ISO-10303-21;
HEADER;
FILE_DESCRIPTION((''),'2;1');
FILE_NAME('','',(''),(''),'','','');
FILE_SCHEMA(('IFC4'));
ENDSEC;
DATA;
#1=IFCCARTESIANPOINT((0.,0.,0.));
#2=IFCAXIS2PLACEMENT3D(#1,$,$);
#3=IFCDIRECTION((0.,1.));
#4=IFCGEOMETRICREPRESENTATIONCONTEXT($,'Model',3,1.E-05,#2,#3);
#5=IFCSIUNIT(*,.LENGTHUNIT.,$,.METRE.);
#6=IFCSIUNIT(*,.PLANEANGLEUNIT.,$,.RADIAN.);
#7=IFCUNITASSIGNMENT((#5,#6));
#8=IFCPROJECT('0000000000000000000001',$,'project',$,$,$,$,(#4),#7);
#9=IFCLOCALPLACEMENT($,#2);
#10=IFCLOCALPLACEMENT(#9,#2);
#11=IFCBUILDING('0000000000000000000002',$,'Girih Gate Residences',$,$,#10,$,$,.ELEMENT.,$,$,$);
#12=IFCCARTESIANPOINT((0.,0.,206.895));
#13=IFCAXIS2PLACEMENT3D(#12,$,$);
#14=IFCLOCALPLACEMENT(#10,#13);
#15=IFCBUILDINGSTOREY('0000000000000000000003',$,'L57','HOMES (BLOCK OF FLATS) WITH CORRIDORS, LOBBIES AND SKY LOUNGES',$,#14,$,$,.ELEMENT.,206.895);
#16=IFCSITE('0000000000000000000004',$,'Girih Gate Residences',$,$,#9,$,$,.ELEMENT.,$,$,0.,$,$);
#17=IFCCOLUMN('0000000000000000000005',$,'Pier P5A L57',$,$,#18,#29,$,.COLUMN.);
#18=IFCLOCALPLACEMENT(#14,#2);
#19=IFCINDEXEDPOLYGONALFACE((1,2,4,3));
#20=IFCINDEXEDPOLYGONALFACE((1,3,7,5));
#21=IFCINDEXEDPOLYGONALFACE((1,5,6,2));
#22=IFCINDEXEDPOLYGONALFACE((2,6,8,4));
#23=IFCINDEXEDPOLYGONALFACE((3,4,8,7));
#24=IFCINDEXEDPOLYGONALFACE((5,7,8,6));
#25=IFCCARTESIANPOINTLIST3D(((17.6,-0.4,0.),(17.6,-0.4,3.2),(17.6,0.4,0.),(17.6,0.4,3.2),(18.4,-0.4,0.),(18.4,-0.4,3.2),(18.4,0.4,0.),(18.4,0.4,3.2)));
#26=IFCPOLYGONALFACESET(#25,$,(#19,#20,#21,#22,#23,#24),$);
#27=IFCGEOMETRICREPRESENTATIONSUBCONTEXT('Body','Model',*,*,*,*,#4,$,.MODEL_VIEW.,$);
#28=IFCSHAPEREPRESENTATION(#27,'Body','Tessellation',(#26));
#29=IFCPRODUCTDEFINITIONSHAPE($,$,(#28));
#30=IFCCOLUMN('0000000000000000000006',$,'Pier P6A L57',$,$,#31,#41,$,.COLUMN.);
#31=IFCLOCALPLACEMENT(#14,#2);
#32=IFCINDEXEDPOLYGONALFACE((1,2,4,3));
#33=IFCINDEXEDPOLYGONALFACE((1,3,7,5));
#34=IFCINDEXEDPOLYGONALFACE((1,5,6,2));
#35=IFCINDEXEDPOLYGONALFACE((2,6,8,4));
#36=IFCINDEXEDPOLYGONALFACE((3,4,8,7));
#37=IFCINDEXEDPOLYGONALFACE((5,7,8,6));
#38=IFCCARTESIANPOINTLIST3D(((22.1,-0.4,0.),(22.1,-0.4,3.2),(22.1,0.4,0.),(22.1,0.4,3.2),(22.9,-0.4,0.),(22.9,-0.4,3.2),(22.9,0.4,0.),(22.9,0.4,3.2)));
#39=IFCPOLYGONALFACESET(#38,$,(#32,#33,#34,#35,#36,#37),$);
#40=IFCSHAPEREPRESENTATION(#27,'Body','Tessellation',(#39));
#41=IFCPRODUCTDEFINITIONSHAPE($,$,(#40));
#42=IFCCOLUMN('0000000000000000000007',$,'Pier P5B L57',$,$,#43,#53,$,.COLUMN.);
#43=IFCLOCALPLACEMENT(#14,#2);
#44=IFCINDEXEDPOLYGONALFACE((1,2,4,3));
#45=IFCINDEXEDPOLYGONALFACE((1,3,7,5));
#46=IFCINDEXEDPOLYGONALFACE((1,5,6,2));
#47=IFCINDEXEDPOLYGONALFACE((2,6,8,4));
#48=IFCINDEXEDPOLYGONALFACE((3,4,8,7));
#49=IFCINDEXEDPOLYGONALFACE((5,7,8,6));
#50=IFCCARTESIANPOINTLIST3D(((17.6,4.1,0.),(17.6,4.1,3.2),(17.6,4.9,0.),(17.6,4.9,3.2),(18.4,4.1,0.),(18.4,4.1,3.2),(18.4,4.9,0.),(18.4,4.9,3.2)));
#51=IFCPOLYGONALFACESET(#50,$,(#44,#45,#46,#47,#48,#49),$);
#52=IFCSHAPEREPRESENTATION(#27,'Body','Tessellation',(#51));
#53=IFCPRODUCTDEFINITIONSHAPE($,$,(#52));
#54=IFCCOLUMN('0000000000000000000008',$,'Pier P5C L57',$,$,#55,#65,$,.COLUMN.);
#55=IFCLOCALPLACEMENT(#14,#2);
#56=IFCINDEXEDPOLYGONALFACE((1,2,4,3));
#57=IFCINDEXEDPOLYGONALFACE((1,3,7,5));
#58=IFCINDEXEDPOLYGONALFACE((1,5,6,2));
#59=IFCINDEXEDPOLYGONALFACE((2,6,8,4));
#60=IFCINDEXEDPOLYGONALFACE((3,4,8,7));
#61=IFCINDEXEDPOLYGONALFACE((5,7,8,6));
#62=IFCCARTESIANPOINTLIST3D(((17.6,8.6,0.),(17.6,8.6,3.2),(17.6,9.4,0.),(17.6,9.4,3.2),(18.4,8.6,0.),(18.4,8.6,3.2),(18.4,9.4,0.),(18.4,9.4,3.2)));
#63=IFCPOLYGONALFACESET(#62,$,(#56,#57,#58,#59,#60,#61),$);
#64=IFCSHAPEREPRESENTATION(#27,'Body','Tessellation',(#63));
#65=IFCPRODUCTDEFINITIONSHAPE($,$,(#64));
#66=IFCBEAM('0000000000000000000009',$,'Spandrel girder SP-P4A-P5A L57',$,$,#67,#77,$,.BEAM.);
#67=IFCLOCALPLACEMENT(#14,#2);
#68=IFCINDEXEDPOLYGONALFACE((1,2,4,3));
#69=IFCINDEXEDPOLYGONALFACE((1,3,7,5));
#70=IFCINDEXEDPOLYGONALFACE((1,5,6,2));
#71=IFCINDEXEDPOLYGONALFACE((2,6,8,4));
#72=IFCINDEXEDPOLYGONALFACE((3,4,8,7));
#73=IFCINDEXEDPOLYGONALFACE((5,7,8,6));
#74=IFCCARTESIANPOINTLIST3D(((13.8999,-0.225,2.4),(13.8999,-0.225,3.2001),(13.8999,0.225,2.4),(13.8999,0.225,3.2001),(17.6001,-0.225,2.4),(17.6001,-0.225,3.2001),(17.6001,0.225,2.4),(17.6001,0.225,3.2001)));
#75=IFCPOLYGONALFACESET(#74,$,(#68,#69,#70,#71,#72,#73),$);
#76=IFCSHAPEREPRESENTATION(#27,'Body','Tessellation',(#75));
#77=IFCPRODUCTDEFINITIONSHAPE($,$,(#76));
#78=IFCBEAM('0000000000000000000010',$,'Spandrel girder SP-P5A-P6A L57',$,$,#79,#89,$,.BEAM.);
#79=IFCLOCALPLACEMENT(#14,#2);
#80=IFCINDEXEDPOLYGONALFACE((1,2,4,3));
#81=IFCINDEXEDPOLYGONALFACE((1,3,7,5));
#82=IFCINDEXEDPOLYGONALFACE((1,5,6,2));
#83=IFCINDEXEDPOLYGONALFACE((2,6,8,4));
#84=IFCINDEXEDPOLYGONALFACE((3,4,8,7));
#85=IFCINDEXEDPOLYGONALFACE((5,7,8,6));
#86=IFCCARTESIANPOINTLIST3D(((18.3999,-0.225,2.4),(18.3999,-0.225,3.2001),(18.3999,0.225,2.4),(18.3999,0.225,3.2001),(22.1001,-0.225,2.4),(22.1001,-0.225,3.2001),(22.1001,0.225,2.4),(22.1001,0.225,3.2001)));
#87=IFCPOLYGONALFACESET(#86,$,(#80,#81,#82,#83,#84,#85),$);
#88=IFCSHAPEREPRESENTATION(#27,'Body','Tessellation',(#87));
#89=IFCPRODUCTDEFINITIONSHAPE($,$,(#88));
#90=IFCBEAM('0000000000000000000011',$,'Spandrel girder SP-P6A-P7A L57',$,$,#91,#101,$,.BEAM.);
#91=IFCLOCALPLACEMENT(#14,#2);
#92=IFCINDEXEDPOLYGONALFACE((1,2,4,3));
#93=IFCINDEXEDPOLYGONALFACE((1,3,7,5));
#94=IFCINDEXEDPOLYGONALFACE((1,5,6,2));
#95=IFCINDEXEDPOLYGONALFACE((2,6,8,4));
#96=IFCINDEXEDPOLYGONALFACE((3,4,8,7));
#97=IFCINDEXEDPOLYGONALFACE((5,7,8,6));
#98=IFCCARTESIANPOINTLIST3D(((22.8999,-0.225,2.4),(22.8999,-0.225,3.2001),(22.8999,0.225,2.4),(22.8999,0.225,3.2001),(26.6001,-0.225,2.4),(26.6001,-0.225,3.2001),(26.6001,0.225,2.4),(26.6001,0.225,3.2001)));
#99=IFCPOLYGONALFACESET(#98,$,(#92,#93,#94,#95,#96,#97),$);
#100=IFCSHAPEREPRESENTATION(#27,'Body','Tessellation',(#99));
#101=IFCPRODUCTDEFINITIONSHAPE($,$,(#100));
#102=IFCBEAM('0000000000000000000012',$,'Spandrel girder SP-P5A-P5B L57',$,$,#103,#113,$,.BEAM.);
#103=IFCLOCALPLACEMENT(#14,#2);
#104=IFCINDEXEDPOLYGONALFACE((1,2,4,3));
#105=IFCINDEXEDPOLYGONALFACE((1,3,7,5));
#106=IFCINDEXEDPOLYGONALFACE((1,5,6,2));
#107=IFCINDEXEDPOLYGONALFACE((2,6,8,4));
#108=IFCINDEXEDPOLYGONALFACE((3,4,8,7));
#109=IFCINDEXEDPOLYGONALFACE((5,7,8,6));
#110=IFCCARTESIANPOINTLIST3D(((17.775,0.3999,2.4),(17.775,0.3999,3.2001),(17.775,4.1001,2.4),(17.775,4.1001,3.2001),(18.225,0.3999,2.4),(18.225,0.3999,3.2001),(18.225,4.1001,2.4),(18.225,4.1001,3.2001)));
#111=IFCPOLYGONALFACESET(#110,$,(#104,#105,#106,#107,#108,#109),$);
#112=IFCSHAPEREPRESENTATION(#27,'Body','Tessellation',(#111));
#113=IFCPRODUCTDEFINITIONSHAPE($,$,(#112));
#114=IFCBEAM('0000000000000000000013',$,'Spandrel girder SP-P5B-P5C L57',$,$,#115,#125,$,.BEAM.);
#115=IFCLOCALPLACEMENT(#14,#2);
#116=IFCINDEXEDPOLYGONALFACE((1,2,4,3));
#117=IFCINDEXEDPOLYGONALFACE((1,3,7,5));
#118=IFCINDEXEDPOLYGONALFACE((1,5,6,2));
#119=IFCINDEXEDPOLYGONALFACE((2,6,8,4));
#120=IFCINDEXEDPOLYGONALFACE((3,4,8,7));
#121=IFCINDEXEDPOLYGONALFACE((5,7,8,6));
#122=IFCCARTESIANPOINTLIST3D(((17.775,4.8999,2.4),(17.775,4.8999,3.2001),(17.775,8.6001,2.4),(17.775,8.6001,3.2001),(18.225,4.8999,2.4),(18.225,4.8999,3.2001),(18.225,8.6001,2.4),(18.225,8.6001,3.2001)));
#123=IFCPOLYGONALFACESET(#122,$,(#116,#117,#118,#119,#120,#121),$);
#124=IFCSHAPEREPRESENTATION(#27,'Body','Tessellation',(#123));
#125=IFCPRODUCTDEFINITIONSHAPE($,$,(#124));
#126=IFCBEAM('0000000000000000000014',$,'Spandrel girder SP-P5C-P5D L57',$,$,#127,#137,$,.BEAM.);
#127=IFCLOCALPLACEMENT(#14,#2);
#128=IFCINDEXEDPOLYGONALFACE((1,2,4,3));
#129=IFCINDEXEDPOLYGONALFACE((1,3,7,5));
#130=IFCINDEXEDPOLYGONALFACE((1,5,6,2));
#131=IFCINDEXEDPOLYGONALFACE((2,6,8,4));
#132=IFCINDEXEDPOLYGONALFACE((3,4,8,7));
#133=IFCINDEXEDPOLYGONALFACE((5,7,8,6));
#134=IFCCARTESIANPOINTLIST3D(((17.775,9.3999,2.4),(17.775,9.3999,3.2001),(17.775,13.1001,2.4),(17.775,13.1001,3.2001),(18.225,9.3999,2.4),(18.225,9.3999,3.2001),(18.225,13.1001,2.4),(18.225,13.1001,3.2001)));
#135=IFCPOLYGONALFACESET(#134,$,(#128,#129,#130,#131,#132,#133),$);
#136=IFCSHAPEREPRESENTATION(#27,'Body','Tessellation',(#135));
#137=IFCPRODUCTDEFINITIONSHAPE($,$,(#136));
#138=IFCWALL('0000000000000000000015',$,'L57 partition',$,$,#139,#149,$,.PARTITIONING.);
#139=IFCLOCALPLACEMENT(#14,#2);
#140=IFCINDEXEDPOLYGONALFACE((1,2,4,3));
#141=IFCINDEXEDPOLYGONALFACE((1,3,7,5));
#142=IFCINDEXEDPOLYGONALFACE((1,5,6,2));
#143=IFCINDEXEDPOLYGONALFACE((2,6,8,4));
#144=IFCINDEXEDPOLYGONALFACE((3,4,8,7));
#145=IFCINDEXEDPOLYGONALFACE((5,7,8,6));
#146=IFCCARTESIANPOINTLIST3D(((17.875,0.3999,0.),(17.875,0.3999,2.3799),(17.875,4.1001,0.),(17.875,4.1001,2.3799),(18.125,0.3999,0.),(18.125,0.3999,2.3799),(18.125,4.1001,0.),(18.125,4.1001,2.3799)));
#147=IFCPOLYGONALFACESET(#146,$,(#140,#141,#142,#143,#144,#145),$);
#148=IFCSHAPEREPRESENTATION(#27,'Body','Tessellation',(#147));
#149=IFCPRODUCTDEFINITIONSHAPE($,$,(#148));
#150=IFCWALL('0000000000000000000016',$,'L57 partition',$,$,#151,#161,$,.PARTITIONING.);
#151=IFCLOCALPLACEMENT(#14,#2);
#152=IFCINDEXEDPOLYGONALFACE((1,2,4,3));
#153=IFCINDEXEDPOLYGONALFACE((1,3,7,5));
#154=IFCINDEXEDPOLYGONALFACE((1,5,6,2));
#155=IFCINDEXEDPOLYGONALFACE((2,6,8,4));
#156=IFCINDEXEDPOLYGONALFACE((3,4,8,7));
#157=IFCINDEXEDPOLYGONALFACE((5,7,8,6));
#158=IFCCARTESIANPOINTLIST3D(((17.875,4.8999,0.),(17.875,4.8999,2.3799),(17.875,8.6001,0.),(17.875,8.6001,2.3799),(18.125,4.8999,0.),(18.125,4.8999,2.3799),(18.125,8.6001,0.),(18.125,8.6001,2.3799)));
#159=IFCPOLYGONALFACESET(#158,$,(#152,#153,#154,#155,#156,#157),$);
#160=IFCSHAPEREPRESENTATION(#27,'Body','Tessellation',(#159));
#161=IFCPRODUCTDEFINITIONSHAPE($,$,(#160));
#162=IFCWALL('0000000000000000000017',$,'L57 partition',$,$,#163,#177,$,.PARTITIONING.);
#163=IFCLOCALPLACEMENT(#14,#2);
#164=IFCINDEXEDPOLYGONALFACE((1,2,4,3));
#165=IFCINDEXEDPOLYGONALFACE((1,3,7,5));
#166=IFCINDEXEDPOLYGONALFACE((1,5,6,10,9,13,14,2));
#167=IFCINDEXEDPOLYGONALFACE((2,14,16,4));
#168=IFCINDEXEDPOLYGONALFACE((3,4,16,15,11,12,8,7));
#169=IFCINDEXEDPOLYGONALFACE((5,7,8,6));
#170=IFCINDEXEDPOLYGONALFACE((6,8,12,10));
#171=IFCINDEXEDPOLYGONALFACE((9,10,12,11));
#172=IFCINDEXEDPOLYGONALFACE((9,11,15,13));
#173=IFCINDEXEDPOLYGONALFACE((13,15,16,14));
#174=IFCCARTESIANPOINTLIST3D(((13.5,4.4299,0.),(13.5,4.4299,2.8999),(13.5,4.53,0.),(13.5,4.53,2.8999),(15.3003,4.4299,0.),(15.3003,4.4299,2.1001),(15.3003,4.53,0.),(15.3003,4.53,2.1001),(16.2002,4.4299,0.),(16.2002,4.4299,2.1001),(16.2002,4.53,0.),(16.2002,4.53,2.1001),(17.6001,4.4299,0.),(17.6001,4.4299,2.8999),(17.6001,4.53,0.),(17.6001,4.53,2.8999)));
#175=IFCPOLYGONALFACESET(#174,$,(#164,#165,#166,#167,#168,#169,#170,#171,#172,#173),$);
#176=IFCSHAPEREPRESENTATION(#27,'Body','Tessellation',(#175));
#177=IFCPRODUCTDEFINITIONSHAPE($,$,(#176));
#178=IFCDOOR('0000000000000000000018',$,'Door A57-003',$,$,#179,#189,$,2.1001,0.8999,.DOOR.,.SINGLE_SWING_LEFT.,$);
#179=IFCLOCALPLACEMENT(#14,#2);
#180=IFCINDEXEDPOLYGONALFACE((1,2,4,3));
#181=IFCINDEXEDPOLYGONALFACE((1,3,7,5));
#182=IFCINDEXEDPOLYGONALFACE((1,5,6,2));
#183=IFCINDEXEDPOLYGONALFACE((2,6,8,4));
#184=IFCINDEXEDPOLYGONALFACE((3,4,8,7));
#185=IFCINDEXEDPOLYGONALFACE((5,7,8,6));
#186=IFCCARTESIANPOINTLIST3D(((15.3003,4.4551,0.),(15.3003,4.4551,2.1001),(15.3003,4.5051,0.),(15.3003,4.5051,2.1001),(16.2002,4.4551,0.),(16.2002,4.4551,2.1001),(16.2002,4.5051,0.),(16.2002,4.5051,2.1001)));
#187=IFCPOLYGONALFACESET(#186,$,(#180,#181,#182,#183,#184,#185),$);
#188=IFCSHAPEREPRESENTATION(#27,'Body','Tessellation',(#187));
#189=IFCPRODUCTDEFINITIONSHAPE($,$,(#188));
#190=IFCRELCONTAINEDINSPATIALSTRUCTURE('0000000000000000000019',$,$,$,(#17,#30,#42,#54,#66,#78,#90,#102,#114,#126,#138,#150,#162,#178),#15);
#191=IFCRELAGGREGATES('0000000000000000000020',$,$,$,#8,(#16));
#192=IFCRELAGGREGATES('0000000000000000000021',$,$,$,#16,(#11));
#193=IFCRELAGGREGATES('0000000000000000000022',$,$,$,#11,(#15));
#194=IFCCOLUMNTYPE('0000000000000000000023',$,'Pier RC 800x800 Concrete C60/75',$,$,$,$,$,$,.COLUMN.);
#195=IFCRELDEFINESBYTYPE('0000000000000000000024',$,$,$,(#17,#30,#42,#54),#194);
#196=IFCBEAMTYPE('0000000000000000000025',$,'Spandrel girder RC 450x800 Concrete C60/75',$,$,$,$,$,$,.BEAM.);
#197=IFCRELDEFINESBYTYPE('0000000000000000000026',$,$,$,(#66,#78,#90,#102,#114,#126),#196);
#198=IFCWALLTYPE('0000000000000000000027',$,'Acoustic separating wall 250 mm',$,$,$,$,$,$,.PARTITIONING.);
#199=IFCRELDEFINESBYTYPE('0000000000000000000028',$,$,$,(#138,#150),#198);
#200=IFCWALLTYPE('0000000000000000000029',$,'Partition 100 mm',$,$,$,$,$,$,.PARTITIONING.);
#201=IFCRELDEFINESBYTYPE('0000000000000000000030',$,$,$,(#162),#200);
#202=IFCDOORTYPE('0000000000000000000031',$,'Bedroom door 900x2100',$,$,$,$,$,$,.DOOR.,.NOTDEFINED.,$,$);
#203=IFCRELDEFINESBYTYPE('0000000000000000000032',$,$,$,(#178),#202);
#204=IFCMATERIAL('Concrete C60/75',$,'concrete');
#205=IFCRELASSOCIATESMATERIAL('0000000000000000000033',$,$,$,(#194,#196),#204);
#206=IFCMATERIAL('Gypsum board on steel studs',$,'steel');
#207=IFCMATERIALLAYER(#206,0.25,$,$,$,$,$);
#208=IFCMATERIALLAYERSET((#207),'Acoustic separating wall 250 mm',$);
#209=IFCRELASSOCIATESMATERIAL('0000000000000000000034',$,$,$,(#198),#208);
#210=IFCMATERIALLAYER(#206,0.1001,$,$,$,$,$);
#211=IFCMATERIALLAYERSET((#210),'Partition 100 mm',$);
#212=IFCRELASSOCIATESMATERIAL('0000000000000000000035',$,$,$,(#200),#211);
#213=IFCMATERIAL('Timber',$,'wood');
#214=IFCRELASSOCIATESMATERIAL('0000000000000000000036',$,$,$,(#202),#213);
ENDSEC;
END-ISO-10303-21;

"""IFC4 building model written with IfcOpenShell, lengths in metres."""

from ifc_helpers import new_model, si_unit, direction, frame, frame_2d, origin, origin_2d, place, context, subcontext, project, spatial, rectangle, extrude, material, layer, layer_set, material_profile, profile_set, type_object, element, fill, save


model = new_model("IFC4")

# Units and contexts
model_context = context("Model", 3, precision=1e-05, world=origin(), true_north=direction((0.0, 1.0)))
body_context = subcontext(model_context, "Body", "Model", "MODEL_VIEW")
ifc_project = project(units=[si_unit("LENGTHUNIT", "METRE"), si_unit("PLANEANGLEUNIT", "RADIAN")], contexts=[model_context])

# Site, building, storey
site_placement = place(None, origin())
site = spatial("IfcSite", under=ifc_project, at=site_placement, Name="Girih Gate Residences", CompositionType="ELEMENT", RefElevation=0.0)
building_placement = place(site_placement, origin())
building = spatial("IfcBuilding", under=site, at=building_placement, Name="Girih Gate Residences", CompositionType="ELEMENT")
storey_placement = place(building_placement, frame((0.0, 0.0, 206.895)))
storey = spatial("IfcBuildingStorey", under=building, at=storey_placement, Name="L57", Description="HOMES (BLOCK OF FLATS) WITH CORRIDORS, LOBBIES AND SKY LOUNGES", CompositionType="ELEMENT", Elevation=206.895)

# Columns
ifc_material_1 = material(Name="Concrete C60/75", Category="concrete")
ifc_material_profile_1 = material_profile(ifc_material_1, rectangle(XDim=0.8, YDim=0.8, at=origin_2d()))
ifc_profile_set_1 = profile_set([ifc_material_profile_1], Name="Concrete C60/75")
column_type = type_object("IfcColumnType", Name="Pier RC 800x800 Concrete C60/75", PredefinedType="COLUMN", material=ifc_profile_set_1)
for number, where, z_axis, x_axis, name in (
    (1, (18.0, 0.0, 0.0), (0.0, 0.0, 1.0), (1.0, 0.0, 0.0), "Pier P5A L57"),
    (2, (22.5, 0.0, 0.0), (0.0, 0.0, 1.0), (1.0, 0.0, 0.0), "Pier P6A L57"),
    (3, (18.0, 4.5, 0.0), (0.0, 0.0, 1.0), (1.0, 0.0, 0.0), "Pier P5B L57"),
    (4, (18.0, 9.0, 0.0), (0.0, 0.0, 1.0), (1.0, 0.0, 0.0), "Pier P5C L57"),
):
    element("IfcColumn", number, at=place(storey_placement, frame(where, z_axis=z_axis, x_axis=x_axis)), inside=storey, type_object=column_type, Name=name, PredefinedType="COLUMN", context=body_context, shape_type="SweptSolid", body=[
        extrude(rectangle(XDim=0.8, YDim=0.8, at=origin_2d()), origin(), (0.0, 0.0, 1.0), 3.2),
    ])

# Beams
ifc_material_profile_2 = material_profile(ifc_material_1, rectangle(XDim=0.45, YDim=0.8, at=origin_2d()))
ifc_profile_set_2 = profile_set([ifc_material_profile_2], Name="Concrete C60/75")
beam_type = type_object("IfcBeamType", Name="Spandrel girder RC 450x800 Concrete C60/75", PredefinedType="BEAM", material=ifc_profile_set_2)
for number, where, z_axis, x_axis, name in (
    (5, (13.8999, 0.0, 2.8), (1.0, 0.0, 0.0), (0.0, 1.0, 0.0), "Spandrel girder SP-P4A-P5A L57"),
    (6, (18.3999, 0.0, 2.8), (1.0, 0.0, 0.0), (0.0, 1.0, 0.0), "Spandrel girder SP-P5A-P6A L57"),
    (7, (22.8999, 0.0, 2.8), (1.0, 0.0, 0.0), (0.0, 1.0, 0.0), "Spandrel girder SP-P6A-P7A L57"),
    (8, (18.0, 0.3999, 2.8), (0.0, 1.0, 0.0), (-1.0, 0.0, 0.0), "Spandrel girder SP-P5A-P5B L57"),
    (9, (18.0, 4.8999, 2.8), (0.0, 1.0, 0.0), (-1.0, 0.0, 0.0), "Spandrel girder SP-P5B-P5C L57"),
    (10, (18.0, 9.3999, 2.8), (0.0, 1.0, 0.0), (-1.0, 0.0, 0.0), "Spandrel girder SP-P5C-P5D L57"),
):
    element("IfcBeam", number, at=place(storey_placement, frame(where, z_axis=z_axis, x_axis=x_axis)), inside=storey, type_object=beam_type, Name=name, PredefinedType="BEAM", context=body_context, shape_type="SweptSolid", body=[
        extrude(rectangle(XDim=0.45, YDim=0.8, at=origin_2d()), origin(), (0.0, 0.0, 1.0), 3.7002),
    ])

# Walls
ifc_material_2 = material(Name="Gypsum board on steel studs", Category="steel")
ifc_layer_1 = layer(ifc_material_2, 0.25)
ifc_layer_set_1 = layer_set([ifc_layer_1], Name="Acoustic separating wall 250 mm")
wall_type_1 = type_object("IfcWallType", Name="Acoustic separating wall 250 mm", PredefinedType="PARTITIONING", material=ifc_layer_set_1)
for number, where, z_axis, x_axis, name in (
    (11, (18.0, 0.3999, 0.0), (0.0, 0.0, 1.0), (0.0, 1.0, 0.0), "L57 partition"),
    (12, (18.0, 4.8999, 0.0), (0.0, 0.0, 1.0), (0.0, 1.0, 0.0), "L57 partition"),
):
    element("IfcWall", number, at=place(storey_placement, frame(where, z_axis=z_axis, x_axis=x_axis)), inside=storey, type_object=wall_type_1, Name=name, PredefinedType="PARTITIONING", context=body_context, shape_type="SweptSolid", body=[
        extrude(rectangle(XDim=3.7002, YDim=0.25, at=frame_2d((1.8501, 0.0))), origin(), (0.0, 0.0, 1.0), 2.3799),
    ])

# Wall, opening, door
ifc_layer_2 = layer(ifc_material_2, 0.1001)
ifc_layer_set_2 = layer_set([ifc_layer_2], Name="Partition 100 mm")
wall_type_2 = type_object("IfcWallType", Name="Partition 100 mm", PredefinedType="PARTITIONING", material=ifc_layer_set_2)
wall_1_placement = place(storey_placement, frame((17.6001, 4.48, 0.0), z_axis=(0.0, 0.0, 1.0), x_axis=(-1.0, 0.0, 0.0)))
wall_1 = element("IfcWall", 13, at=wall_1_placement, inside=storey, type_object=wall_type_2, Name="L57 partition", PredefinedType="PARTITIONING", context=body_context, shape_type="SweptSolid", body=[
    extrude(rectangle(XDim=4.1001, YDim=0.1001, at=frame_2d((2.05, 0.0))), origin(), (0.0, 0.0, 1.0), 2.8999),
])
opening_1_placement = place(wall_1_placement, frame((1.3999, 0.0, 0.0)))
opening_1 = element("IfcOpeningElement", 14, at=opening_1_placement, cuts=wall_1, PredefinedType="OPENING", context=body_context, shape_type="SweptSolid", body=[
    extrude(rectangle(XDim=0.8999, YDim=2.1001, at=frame_2d((0.45, 1.05))), frame((0.0, 0.0601, 0.0), z_axis=(0.0, -1.0, 0.0), x_axis=(1.0, 0.0, 0.0)), (0.0, 0.0, 1.0), 0.1201),
])
ifc_material_3 = material(Name="Timber", Category="wood")
door_type_1 = type_object("IfcDoorType", Name="Bedroom door 900x2100", OperationType="NOTDEFINED", PredefinedType="DOOR", material=ifc_material_3)
door_1_placement = place(opening_1_placement, origin())
door_1 = element("IfcDoor", 15, at=door_1_placement, inside=storey, type_object=door_type_1, Name="Door A57-003", OperationType="SINGLE_SWING_LEFT", OverallHeight=2.1001, OverallWidth=0.8999, PredefinedType="DOOR", context=body_context, shape_type="SweptSolid", body=[
    extrude(rectangle(XDim=0.8999, YDim=2.1001, at=frame_2d((0.45, 1.05))), frame((0.0, 0.0249, 0.0), z_axis=(0.0, -1.0, 0.0), x_axis=(1.0, 0.0, 0.0)), (0.0, 0.0, 1.0), 0.05),
])
fill(opening_1, door_1)

save(model, "model.ifc")
